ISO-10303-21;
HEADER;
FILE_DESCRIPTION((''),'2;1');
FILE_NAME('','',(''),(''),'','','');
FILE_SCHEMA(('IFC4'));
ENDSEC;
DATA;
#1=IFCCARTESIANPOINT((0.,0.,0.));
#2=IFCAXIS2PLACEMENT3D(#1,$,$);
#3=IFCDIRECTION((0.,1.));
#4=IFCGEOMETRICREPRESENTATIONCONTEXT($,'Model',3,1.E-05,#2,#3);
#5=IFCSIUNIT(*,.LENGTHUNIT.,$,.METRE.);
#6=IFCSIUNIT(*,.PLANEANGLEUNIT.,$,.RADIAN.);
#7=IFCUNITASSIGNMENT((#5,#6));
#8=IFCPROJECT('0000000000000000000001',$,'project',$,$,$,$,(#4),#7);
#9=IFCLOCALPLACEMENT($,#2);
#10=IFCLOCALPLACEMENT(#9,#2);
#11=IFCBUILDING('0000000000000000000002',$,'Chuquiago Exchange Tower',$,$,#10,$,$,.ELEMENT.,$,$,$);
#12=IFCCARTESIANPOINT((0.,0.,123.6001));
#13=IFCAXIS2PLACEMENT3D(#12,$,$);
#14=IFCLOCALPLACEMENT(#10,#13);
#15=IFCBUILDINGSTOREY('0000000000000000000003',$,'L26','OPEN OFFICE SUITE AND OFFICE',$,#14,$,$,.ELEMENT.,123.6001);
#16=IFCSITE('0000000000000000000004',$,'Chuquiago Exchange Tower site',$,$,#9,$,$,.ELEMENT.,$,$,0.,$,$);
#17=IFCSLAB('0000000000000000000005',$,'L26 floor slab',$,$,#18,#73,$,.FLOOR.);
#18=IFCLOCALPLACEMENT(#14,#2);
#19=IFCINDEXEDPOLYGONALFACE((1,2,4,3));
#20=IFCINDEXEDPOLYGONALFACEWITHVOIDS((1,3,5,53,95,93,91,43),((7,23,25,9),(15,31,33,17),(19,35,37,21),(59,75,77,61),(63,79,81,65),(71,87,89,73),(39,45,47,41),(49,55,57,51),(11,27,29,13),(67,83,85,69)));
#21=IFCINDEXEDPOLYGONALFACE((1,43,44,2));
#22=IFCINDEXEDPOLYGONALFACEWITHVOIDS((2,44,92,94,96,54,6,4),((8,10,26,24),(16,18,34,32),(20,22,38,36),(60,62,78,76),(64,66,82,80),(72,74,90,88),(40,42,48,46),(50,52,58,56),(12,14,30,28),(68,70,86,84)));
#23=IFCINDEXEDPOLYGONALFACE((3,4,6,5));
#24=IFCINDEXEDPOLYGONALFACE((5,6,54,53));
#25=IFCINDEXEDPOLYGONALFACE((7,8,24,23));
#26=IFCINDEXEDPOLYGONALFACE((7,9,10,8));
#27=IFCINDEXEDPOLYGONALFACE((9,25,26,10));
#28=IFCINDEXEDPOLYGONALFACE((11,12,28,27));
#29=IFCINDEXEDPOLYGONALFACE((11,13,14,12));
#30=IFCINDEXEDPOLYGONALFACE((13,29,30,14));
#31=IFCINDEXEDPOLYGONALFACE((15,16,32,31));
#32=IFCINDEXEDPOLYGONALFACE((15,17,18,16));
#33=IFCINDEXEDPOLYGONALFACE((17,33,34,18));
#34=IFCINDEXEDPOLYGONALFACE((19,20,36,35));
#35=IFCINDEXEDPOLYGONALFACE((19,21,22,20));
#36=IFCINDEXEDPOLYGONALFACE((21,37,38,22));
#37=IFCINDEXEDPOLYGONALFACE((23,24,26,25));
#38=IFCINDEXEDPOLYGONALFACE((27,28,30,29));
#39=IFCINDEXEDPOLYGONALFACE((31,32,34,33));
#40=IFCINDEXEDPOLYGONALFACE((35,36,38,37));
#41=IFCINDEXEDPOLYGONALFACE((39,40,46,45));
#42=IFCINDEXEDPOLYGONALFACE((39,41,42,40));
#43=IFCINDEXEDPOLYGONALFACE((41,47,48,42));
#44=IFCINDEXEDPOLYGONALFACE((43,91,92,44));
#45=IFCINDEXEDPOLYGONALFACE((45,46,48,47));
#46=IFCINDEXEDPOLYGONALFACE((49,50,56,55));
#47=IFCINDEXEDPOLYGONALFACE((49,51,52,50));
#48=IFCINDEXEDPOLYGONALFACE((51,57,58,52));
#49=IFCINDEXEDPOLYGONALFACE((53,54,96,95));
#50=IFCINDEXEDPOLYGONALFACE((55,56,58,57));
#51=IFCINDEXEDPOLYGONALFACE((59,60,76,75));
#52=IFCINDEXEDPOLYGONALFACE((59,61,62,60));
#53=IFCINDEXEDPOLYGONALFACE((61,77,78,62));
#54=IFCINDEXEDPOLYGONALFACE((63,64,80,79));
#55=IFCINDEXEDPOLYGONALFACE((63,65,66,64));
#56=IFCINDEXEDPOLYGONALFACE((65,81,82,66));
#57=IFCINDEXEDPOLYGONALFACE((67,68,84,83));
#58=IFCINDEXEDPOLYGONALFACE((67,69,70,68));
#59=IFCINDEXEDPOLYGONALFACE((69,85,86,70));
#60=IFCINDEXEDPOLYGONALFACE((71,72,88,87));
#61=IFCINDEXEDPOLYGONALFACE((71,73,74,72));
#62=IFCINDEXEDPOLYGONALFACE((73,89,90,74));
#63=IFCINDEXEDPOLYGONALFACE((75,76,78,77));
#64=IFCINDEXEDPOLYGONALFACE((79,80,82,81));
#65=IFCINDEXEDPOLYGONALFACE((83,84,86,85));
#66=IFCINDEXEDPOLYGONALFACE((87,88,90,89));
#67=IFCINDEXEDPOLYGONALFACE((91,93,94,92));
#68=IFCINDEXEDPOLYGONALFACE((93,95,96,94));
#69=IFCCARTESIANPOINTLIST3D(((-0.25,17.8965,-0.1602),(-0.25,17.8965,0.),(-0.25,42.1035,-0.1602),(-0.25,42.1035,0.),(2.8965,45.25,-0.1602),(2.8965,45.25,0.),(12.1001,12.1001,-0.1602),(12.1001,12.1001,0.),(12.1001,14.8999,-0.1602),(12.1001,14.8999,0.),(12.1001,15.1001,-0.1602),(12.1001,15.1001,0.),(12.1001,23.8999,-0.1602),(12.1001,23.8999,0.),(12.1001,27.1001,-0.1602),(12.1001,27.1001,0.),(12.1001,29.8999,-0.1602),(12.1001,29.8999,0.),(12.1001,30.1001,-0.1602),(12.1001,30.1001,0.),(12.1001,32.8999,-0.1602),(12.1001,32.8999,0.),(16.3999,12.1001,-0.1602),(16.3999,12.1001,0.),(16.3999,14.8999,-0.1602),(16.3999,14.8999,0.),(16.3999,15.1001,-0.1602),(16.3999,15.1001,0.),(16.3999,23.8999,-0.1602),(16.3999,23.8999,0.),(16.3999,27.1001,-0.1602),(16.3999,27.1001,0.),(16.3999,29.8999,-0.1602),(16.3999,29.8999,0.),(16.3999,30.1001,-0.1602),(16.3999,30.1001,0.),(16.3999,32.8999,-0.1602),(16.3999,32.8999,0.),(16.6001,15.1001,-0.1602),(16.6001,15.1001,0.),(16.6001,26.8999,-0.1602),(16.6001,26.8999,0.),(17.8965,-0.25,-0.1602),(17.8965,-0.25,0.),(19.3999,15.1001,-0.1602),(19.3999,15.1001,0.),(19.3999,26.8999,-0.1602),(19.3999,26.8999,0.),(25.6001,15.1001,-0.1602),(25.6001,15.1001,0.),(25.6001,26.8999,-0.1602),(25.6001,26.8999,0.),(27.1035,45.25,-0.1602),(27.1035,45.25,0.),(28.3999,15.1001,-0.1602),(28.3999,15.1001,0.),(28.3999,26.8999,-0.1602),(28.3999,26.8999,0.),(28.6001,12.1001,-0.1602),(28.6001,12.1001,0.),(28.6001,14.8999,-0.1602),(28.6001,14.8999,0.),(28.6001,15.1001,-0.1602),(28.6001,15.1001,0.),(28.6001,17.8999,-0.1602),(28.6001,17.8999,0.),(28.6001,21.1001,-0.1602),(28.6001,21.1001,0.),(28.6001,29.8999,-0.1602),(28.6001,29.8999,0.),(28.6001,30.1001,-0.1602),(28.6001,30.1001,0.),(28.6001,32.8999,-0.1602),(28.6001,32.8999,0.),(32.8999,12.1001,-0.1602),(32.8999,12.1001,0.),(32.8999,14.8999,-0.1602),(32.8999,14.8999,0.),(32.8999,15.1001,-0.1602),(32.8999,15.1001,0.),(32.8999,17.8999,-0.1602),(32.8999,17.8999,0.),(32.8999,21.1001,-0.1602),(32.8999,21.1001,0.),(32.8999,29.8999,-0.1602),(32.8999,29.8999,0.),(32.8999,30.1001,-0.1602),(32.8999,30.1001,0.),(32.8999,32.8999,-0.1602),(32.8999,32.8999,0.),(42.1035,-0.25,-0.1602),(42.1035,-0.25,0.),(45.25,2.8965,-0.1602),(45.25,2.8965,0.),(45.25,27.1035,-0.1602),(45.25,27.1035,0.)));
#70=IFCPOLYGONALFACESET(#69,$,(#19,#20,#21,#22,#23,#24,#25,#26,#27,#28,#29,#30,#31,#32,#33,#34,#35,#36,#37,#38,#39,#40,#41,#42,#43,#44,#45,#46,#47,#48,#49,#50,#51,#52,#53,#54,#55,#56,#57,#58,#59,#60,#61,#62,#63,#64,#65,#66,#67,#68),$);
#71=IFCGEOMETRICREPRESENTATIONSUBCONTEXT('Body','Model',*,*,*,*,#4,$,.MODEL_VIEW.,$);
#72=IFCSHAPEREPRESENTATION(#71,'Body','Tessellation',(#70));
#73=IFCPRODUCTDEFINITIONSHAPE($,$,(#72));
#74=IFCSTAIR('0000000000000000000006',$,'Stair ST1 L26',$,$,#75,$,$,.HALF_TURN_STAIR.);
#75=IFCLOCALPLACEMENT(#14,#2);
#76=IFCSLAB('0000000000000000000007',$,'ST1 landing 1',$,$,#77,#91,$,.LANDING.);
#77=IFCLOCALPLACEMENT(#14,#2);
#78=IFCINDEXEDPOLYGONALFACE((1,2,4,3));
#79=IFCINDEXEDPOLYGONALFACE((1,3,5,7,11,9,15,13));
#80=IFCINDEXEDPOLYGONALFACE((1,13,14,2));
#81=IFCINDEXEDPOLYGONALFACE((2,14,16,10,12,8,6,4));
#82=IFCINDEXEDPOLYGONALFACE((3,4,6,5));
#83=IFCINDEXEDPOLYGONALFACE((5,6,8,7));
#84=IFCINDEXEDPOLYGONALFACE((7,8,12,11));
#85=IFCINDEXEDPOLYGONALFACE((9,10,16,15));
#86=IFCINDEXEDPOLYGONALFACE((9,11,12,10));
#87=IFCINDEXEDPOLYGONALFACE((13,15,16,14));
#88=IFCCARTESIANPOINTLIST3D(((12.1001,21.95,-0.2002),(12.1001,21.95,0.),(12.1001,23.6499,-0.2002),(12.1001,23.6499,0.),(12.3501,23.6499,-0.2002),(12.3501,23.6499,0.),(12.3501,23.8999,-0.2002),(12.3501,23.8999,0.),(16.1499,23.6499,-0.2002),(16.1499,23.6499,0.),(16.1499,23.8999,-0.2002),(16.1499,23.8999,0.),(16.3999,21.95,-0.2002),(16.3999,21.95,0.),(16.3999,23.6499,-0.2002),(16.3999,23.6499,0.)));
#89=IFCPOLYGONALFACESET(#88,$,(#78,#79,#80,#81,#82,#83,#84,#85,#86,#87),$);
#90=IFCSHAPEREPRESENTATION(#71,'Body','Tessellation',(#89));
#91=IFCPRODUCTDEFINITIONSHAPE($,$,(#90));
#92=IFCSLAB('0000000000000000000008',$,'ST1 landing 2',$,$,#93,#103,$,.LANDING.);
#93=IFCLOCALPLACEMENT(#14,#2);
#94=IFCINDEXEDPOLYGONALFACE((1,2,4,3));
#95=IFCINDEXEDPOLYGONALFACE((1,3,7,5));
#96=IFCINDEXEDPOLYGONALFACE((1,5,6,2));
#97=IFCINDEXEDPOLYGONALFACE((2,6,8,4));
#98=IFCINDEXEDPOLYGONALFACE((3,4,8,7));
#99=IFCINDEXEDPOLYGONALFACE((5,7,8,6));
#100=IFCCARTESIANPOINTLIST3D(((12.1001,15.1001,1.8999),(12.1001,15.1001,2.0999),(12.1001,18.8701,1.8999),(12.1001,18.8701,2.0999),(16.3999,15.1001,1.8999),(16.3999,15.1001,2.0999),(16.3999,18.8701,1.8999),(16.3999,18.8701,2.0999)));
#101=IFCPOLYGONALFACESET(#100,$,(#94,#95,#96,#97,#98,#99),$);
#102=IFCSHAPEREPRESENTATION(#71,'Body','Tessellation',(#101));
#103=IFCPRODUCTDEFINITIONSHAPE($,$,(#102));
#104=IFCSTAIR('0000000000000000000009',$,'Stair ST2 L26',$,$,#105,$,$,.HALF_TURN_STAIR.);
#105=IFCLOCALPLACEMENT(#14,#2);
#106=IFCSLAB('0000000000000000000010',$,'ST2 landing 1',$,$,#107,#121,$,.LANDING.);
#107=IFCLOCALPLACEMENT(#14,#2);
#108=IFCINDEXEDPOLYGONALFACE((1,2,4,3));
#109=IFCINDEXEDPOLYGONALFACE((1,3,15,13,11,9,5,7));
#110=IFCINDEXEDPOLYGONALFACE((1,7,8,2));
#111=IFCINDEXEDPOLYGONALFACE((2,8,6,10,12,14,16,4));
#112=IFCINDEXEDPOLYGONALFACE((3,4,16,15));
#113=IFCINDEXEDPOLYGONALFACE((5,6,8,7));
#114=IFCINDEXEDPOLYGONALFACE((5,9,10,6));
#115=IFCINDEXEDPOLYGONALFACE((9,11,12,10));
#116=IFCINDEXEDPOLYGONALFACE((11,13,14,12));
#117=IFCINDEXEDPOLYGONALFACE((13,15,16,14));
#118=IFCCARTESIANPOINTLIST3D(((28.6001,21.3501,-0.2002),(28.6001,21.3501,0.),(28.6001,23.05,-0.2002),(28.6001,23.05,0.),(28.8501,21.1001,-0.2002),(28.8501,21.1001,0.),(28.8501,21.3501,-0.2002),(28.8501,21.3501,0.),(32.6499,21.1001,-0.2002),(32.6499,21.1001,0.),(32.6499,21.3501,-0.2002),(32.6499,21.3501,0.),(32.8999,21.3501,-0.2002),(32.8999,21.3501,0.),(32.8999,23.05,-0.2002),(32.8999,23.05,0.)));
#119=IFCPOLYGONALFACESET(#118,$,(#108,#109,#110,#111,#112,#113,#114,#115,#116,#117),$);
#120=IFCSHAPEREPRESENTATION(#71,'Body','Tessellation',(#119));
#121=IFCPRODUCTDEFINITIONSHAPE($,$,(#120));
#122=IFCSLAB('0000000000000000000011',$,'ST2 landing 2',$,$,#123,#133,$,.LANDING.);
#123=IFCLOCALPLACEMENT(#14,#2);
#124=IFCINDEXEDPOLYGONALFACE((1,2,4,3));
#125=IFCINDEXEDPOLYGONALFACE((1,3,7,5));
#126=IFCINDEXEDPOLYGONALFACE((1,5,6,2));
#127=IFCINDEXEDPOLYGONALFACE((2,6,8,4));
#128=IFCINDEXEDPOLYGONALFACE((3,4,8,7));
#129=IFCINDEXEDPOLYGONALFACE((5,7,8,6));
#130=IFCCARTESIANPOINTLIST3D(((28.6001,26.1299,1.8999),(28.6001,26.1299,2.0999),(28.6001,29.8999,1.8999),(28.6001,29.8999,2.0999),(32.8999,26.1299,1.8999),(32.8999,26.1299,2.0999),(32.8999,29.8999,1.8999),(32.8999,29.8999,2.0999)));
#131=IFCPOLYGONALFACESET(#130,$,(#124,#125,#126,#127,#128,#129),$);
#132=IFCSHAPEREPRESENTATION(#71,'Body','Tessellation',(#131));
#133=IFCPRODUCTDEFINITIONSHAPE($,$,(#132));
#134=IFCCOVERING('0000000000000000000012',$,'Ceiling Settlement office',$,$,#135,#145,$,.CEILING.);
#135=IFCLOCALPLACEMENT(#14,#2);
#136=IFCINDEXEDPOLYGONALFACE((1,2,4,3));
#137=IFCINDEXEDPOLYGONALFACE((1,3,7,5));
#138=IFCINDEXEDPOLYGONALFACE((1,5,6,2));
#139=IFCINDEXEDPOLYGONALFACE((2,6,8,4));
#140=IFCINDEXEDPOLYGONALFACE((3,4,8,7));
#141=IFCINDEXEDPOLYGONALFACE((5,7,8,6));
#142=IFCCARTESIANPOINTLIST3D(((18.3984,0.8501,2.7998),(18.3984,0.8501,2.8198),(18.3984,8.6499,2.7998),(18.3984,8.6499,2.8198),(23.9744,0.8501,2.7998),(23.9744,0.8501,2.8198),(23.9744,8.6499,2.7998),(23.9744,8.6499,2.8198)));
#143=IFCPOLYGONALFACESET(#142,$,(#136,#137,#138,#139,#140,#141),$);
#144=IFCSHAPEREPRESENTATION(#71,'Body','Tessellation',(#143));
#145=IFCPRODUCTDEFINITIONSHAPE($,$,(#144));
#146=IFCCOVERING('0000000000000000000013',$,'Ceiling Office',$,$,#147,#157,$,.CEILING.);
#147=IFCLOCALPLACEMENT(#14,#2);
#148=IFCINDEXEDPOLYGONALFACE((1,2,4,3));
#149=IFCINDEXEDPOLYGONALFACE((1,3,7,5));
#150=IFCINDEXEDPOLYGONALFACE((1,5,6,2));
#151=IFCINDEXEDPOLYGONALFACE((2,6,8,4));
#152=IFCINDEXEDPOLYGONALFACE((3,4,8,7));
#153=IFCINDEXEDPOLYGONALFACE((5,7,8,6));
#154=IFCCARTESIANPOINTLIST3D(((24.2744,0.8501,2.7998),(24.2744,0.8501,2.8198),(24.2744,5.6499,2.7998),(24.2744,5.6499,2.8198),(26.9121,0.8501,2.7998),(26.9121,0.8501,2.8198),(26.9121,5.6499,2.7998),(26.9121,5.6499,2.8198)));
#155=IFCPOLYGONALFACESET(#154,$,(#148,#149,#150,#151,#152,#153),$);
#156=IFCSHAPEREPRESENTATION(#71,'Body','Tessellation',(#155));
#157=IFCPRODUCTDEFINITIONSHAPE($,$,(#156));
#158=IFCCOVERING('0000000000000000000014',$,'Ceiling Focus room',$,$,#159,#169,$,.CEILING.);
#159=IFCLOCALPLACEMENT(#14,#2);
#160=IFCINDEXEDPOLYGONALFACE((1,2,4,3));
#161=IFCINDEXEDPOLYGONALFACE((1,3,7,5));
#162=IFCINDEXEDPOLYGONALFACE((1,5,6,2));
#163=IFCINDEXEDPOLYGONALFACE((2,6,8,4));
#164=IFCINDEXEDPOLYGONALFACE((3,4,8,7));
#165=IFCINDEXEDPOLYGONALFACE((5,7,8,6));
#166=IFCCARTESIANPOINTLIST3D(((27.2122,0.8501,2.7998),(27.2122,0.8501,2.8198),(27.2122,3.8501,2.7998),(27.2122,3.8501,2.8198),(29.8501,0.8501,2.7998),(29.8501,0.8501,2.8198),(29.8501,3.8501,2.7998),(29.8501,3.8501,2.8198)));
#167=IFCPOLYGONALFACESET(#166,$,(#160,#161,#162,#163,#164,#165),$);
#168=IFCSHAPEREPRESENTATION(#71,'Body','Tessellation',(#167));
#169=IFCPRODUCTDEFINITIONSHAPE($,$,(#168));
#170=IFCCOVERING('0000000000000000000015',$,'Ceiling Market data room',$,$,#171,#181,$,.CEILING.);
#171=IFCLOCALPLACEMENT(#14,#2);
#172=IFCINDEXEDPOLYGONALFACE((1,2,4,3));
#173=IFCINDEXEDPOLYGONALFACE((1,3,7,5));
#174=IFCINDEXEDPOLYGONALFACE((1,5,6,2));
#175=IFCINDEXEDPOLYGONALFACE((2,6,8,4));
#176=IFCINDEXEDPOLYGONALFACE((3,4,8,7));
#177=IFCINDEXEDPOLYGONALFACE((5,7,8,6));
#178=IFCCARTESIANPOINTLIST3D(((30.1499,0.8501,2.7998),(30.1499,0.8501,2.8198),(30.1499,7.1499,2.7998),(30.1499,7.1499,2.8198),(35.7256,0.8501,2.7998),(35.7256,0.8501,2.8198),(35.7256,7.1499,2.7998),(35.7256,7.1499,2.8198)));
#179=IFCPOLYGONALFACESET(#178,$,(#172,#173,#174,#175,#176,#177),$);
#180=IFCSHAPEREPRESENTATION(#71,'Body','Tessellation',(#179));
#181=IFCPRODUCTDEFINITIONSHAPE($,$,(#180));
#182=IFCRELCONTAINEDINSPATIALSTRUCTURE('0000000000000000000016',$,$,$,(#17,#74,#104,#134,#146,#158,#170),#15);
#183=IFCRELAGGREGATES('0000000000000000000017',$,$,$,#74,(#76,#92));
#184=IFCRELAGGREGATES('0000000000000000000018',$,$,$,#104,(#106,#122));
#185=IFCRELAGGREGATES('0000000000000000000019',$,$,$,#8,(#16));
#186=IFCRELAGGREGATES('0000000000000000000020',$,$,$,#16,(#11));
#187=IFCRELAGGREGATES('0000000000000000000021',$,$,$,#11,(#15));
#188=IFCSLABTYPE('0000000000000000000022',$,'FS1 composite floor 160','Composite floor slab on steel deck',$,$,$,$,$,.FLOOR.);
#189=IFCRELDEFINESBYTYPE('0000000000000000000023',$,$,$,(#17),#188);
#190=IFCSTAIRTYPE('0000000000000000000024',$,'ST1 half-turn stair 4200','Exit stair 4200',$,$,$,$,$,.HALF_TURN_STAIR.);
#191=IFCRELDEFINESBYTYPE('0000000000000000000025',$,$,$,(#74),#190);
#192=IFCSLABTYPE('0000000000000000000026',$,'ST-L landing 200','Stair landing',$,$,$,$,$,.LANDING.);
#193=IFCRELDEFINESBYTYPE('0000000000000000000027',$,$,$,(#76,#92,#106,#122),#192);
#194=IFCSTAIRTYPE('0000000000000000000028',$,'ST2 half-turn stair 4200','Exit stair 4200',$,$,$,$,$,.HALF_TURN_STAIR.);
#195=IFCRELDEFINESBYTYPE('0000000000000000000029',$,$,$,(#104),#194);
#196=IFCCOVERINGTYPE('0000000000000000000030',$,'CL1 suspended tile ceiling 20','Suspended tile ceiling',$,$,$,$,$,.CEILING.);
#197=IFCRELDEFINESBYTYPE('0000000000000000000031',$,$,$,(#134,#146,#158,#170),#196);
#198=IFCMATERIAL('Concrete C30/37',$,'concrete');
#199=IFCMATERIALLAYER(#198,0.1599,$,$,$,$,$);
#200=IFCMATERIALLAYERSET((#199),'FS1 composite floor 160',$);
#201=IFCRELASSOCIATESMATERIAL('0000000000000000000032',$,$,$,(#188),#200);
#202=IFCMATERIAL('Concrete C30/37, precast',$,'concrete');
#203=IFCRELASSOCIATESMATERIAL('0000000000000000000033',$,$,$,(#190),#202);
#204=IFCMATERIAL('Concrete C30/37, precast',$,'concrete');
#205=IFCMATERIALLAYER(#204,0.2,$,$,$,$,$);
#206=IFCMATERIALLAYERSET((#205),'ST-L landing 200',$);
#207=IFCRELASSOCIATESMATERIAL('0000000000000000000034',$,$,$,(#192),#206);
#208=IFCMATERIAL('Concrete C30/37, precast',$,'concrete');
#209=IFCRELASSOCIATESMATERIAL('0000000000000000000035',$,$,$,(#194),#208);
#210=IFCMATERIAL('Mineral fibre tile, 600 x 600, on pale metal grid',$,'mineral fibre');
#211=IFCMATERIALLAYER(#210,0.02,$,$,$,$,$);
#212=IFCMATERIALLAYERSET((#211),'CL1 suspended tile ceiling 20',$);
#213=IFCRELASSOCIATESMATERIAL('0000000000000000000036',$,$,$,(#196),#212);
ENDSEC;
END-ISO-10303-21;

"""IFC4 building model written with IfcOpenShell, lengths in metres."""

from ifc_helpers import new_model, si_unit, direction, frame, origin, place, context, subcontext, project, spatial, polyline, outline, extrude, material, layer, layer_set, type_object, element, aggregate, save


model = new_model("IFC4")

# Units and contexts
model_context = context("Model", 3, precision=1e-05, world=origin(), true_north=direction((0.0, 1.0)))
body_context = subcontext(model_context, "Body", "Model", "MODEL_VIEW")
ifc_project = project(units=[si_unit("LENGTHUNIT", "METRE"), si_unit("PLANEANGLEUNIT", "RADIAN")], contexts=[model_context])

# Site, building, storey
site_placement = place(None, origin())
site = spatial("IfcSite", under=ifc_project, at=site_placement, Name="Chuquiago Exchange Tower site", CompositionType="ELEMENT", RefElevation=0.0)
building_placement = place(site_placement, origin())
building = spatial("IfcBuilding", under=site, at=building_placement, Name="Chuquiago Exchange Tower", CompositionType="ELEMENT")
storey_placement = place(building_placement, frame((0.0, 0.0, 123.6001)))
storey = spatial("IfcBuildingStorey", under=building, at=storey_placement, Name="L26", Description="OPEN OFFICE SUITE AND OFFICE", CompositionType="ELEMENT", Elevation=123.6001)

# Slab
ifc_material_1 = material(Name="Concrete C30/37", Category="concrete")
ifc_layer_1 = layer(ifc_material_1, 0.1599)
ifc_layer_set_1 = layer_set([ifc_layer_1], Name="FS1 composite floor 160")
slab_type_1 = type_object("IfcSlabType", Name="FS1 composite floor 160", Description="Composite floor slab on steel deck", PredefinedType="FLOOR", material=ifc_layer_set_1)
slab_1_placement = place(storey_placement, frame((0.0, 0.0, -0.1602)))
element("IfcSlab", 1, at=slab_1_placement, inside=storey, type_object=slab_type_1, Name="L26 floor slab", PredefinedType="FLOOR", context=body_context, shape_type="SweptSolid", body=[
    extrude(outline(polyline([(17.8965, -0.25), (-0.25, 17.8965), (-0.25, 42.1035), (2.8965, 45.25), (27.1035, 45.25), (45.25, 27.1035), (45.25, 2.8965), (42.1035, -0.25), (17.8965, -0.25)]), holes=[polyline([(16.3999, 15.1001), (12.1001, 15.1001), (12.1001, 23.8999), (16.3999, 23.8999), (16.3999, 15.1001)]), polyline([(32.8999, 21.1001), (28.6001, 21.1001), (28.6001, 29.8999), (32.8999, 29.8999), (32.8999, 21.1001)]), polyline([(16.3999, 12.1001), (12.1001, 12.1001), (12.1001, 14.8999), (16.3999, 14.8999), (16.3999, 12.1001)]), polyline([(16.3999, 30.1001), (12.1001, 30.1001), (12.1001, 32.8999), (16.3999, 32.8999), (16.3999, 30.1001)]), polyline([(32.8999, 12.1001), (28.6001, 12.1001), (28.6001, 14.8999), (32.8999, 14.8999), (32.8999, 12.1001)]), polyline([(32.8999, 30.1001), (28.6001, 30.1001), (28.6001, 32.8999), (32.8999, 32.8999), (32.8999, 30.1001)]), polyline([(16.3999, 27.1001), (12.1001, 27.1001), (12.1001, 29.8999), (16.3999, 29.8999), (16.3999, 27.1001)]), polyline([(32.8999, 15.1001), (28.6001, 15.1001), (28.6001, 17.8999), (32.8999, 17.8999), (32.8999, 15.1001)]), polyline([(19.3999, 15.1001), (16.6001, 15.1001), (16.6001, 26.8999), (19.3999, 26.8999), (19.3999, 15.1001)]), polyline([(28.3999, 15.1001), (25.6001, 15.1001), (25.6001, 26.8999), (28.3999, 26.8999), (28.3999, 15.1001)])]), origin(), (0.0, 0.0, 1.0), 0.1602),
])

# Stairs, slabs
ifc_material_2 = material(Name="Concrete C30/37, precast", Category="concrete")
stair_type_1 = type_object("IfcStairType", Name="ST1 half-turn stair 4200", Description="Exit stair 4200", PredefinedType="HALF_TURN_STAIR", material=ifc_material_2)
stair_1_placement = place(storey_placement, origin())
stair_1 = element("IfcStair", 2, at=stair_1_placement, inside=storey, type_object=stair_type_1, Name="Stair ST1 L26", PredefinedType="HALF_TURN_STAIR")
ifc_material_3 = material(Name="Concrete C30/37, precast", Category="concrete")
ifc_layer_2 = layer(ifc_material_3, 0.2)
ifc_layer_set_2 = layer_set([ifc_layer_2], Name="ST-L landing 200")
slab_type_2 = type_object("IfcSlabType", Name="ST-L landing 200", Description="Stair landing", PredefinedType="LANDING", material=ifc_layer_set_2)
slab_2_placement = place(storey_placement, frame((0.0, 0.0, -0.2002)))
slab_2 = element("IfcSlab", 3, at=slab_2_placement, type_object=slab_type_2, Name="ST1 landing 1", PredefinedType="LANDING", context=body_context, shape_type="SweptSolid", body=[
    extrude(outline(polyline([(12.3501, 23.8999), (16.1499, 23.8999), (16.1499, 23.6499), (16.3999, 23.6499), (16.3999, 21.95), (12.1001, 21.95), (12.1001, 23.6499), (12.3501, 23.6499), (12.3501, 23.8999)])), origin(), (0.0, 0.0, 1.0), 0.2002),
])
slab_3_placement = place(storey_placement, frame((0.0, 0.0, 1.8999)))
slab_3 = element("IfcSlab", 4, at=slab_3_placement, type_object=slab_type_2, Name="ST1 landing 2", PredefinedType="LANDING", context=body_context, shape_type="SweptSolid", body=[
    extrude(outline(polyline([(12.1001, 18.8701), (16.3999, 18.8701), (16.3999, 15.1001), (12.1001, 15.1001), (12.1001, 18.8701)])), origin(), (0.0, 0.0, 1.0), 0.2),
])
aggregate(stair_1, [slab_2, slab_3])
ifc_material_4 = material(Name="Concrete C30/37, precast", Category="concrete")
stair_type_2 = type_object("IfcStairType", Name="ST2 half-turn stair 4200", Description="Exit stair 4200", PredefinedType="HALF_TURN_STAIR", material=ifc_material_4)
stair_2_placement = place(storey_placement, origin())
stair_2 = element("IfcStair", 5, at=stair_2_placement, inside=storey, type_object=stair_type_2, Name="Stair ST2 L26", PredefinedType="HALF_TURN_STAIR")
slab_4_placement = place(storey_placement, frame((0.0, 0.0, -0.2002)))
slab_4 = element("IfcSlab", 6, at=slab_4_placement, type_object=slab_type_2, Name="ST2 landing 1", PredefinedType="LANDING", context=body_context, shape_type="SweptSolid", body=[
    extrude(outline(polyline([(32.6499, 21.3501), (32.6499, 21.1001), (28.8501, 21.1001), (28.8501, 21.3501), (28.6001, 21.3501), (28.6001, 23.05), (32.8999, 23.05), (32.8999, 21.3501), (32.6499, 21.3501)])), origin(), (0.0, 0.0, 1.0), 0.2002),
])
slab_5_placement = place(storey_placement, frame((0.0, 0.0, 1.8999)))
slab_5 = element("IfcSlab", 7, at=slab_5_placement, type_object=slab_type_2, Name="ST2 landing 2", PredefinedType="LANDING", context=body_context, shape_type="SweptSolid", body=[
    extrude(outline(polyline([(28.6001, 29.8999), (32.8999, 29.8999), (32.8999, 26.1299), (28.6001, 26.1299), (28.6001, 29.8999)])), origin(), (0.0, 0.0, 1.0), 0.2),
])
aggregate(stair_2, [slab_4, slab_5])

# Coverings
ifc_material_5 = material(Name="Mineral fibre tile, 600 x 600, on pale metal grid", Category="mineral fibre")
ifc_layer_3 = layer(ifc_material_5, 0.02)
ifc_layer_set_3 = layer_set([ifc_layer_3], Name="CL1 suspended tile ceiling 20")
covering_type_1 = type_object("IfcCoveringType", Name="CL1 suspended tile ceiling 20", Description="Suspended tile ceiling", PredefinedType="CEILING", material=ifc_layer_set_3)
covering_1_placement = place(storey_placement, frame((0.0, 0.0, 2.7998)))
element("IfcCovering", 8, at=covering_1_placement, inside=storey, type_object=covering_type_1, Name="Ceiling Settlement office", PredefinedType="CEILING", context=body_context, shape_type="SweptSolid", body=[
    extrude(outline(polyline([(18.3984, 8.6499), (23.9744, 8.6499), (23.9744, 0.8501), (18.3984, 0.8501), (18.3984, 8.6499)])), origin(), (0.0, 0.0, 1.0), 0.02),
])
covering_2_placement = place(storey_placement, frame((0.0, 0.0, 2.7998)))
element("IfcCovering", 9, at=covering_2_placement, inside=storey, type_object=covering_type_1, Name="Ceiling Office", PredefinedType="CEILING", context=body_context, shape_type="SweptSolid", body=[
    extrude(outline(polyline([(24.2744, 5.6499), (26.9121, 5.6499), (26.9121, 0.8501), (24.2744, 0.8501), (24.2744, 5.6499)])), origin(), (0.0, 0.0, 1.0), 0.02),
])
covering_3_placement = place(storey_placement, frame((0.0, 0.0, 2.7998)))
element("IfcCovering", 10, at=covering_3_placement, inside=storey, type_object=covering_type_1, Name="Ceiling Focus room", PredefinedType="CEILING", context=body_context, shape_type="SweptSolid", body=[
    extrude(outline(polyline([(27.2122, 3.8501), (29.8501, 3.8501), (29.8501, 0.8501), (27.2122, 0.8501), (27.2122, 3.8501)])), origin(), (0.0, 0.0, 1.0), 0.02),
])
covering_4_placement = place(storey_placement, frame((0.0, 0.0, 2.7998)))
element("IfcCovering", 11, at=covering_4_placement, inside=storey, type_object=covering_type_1, Name="Ceiling Market data room", PredefinedType="CEILING", context=body_context, shape_type="SweptSolid", body=[
    extrude(outline(polyline([(30.1499, 7.1499), (35.7256, 7.1499), (35.7256, 0.8501), (30.1499, 0.8501), (30.1499, 7.1499)])), origin(), (0.0, 0.0, 1.0), 0.02),
])

save(model, "model.ifc")
